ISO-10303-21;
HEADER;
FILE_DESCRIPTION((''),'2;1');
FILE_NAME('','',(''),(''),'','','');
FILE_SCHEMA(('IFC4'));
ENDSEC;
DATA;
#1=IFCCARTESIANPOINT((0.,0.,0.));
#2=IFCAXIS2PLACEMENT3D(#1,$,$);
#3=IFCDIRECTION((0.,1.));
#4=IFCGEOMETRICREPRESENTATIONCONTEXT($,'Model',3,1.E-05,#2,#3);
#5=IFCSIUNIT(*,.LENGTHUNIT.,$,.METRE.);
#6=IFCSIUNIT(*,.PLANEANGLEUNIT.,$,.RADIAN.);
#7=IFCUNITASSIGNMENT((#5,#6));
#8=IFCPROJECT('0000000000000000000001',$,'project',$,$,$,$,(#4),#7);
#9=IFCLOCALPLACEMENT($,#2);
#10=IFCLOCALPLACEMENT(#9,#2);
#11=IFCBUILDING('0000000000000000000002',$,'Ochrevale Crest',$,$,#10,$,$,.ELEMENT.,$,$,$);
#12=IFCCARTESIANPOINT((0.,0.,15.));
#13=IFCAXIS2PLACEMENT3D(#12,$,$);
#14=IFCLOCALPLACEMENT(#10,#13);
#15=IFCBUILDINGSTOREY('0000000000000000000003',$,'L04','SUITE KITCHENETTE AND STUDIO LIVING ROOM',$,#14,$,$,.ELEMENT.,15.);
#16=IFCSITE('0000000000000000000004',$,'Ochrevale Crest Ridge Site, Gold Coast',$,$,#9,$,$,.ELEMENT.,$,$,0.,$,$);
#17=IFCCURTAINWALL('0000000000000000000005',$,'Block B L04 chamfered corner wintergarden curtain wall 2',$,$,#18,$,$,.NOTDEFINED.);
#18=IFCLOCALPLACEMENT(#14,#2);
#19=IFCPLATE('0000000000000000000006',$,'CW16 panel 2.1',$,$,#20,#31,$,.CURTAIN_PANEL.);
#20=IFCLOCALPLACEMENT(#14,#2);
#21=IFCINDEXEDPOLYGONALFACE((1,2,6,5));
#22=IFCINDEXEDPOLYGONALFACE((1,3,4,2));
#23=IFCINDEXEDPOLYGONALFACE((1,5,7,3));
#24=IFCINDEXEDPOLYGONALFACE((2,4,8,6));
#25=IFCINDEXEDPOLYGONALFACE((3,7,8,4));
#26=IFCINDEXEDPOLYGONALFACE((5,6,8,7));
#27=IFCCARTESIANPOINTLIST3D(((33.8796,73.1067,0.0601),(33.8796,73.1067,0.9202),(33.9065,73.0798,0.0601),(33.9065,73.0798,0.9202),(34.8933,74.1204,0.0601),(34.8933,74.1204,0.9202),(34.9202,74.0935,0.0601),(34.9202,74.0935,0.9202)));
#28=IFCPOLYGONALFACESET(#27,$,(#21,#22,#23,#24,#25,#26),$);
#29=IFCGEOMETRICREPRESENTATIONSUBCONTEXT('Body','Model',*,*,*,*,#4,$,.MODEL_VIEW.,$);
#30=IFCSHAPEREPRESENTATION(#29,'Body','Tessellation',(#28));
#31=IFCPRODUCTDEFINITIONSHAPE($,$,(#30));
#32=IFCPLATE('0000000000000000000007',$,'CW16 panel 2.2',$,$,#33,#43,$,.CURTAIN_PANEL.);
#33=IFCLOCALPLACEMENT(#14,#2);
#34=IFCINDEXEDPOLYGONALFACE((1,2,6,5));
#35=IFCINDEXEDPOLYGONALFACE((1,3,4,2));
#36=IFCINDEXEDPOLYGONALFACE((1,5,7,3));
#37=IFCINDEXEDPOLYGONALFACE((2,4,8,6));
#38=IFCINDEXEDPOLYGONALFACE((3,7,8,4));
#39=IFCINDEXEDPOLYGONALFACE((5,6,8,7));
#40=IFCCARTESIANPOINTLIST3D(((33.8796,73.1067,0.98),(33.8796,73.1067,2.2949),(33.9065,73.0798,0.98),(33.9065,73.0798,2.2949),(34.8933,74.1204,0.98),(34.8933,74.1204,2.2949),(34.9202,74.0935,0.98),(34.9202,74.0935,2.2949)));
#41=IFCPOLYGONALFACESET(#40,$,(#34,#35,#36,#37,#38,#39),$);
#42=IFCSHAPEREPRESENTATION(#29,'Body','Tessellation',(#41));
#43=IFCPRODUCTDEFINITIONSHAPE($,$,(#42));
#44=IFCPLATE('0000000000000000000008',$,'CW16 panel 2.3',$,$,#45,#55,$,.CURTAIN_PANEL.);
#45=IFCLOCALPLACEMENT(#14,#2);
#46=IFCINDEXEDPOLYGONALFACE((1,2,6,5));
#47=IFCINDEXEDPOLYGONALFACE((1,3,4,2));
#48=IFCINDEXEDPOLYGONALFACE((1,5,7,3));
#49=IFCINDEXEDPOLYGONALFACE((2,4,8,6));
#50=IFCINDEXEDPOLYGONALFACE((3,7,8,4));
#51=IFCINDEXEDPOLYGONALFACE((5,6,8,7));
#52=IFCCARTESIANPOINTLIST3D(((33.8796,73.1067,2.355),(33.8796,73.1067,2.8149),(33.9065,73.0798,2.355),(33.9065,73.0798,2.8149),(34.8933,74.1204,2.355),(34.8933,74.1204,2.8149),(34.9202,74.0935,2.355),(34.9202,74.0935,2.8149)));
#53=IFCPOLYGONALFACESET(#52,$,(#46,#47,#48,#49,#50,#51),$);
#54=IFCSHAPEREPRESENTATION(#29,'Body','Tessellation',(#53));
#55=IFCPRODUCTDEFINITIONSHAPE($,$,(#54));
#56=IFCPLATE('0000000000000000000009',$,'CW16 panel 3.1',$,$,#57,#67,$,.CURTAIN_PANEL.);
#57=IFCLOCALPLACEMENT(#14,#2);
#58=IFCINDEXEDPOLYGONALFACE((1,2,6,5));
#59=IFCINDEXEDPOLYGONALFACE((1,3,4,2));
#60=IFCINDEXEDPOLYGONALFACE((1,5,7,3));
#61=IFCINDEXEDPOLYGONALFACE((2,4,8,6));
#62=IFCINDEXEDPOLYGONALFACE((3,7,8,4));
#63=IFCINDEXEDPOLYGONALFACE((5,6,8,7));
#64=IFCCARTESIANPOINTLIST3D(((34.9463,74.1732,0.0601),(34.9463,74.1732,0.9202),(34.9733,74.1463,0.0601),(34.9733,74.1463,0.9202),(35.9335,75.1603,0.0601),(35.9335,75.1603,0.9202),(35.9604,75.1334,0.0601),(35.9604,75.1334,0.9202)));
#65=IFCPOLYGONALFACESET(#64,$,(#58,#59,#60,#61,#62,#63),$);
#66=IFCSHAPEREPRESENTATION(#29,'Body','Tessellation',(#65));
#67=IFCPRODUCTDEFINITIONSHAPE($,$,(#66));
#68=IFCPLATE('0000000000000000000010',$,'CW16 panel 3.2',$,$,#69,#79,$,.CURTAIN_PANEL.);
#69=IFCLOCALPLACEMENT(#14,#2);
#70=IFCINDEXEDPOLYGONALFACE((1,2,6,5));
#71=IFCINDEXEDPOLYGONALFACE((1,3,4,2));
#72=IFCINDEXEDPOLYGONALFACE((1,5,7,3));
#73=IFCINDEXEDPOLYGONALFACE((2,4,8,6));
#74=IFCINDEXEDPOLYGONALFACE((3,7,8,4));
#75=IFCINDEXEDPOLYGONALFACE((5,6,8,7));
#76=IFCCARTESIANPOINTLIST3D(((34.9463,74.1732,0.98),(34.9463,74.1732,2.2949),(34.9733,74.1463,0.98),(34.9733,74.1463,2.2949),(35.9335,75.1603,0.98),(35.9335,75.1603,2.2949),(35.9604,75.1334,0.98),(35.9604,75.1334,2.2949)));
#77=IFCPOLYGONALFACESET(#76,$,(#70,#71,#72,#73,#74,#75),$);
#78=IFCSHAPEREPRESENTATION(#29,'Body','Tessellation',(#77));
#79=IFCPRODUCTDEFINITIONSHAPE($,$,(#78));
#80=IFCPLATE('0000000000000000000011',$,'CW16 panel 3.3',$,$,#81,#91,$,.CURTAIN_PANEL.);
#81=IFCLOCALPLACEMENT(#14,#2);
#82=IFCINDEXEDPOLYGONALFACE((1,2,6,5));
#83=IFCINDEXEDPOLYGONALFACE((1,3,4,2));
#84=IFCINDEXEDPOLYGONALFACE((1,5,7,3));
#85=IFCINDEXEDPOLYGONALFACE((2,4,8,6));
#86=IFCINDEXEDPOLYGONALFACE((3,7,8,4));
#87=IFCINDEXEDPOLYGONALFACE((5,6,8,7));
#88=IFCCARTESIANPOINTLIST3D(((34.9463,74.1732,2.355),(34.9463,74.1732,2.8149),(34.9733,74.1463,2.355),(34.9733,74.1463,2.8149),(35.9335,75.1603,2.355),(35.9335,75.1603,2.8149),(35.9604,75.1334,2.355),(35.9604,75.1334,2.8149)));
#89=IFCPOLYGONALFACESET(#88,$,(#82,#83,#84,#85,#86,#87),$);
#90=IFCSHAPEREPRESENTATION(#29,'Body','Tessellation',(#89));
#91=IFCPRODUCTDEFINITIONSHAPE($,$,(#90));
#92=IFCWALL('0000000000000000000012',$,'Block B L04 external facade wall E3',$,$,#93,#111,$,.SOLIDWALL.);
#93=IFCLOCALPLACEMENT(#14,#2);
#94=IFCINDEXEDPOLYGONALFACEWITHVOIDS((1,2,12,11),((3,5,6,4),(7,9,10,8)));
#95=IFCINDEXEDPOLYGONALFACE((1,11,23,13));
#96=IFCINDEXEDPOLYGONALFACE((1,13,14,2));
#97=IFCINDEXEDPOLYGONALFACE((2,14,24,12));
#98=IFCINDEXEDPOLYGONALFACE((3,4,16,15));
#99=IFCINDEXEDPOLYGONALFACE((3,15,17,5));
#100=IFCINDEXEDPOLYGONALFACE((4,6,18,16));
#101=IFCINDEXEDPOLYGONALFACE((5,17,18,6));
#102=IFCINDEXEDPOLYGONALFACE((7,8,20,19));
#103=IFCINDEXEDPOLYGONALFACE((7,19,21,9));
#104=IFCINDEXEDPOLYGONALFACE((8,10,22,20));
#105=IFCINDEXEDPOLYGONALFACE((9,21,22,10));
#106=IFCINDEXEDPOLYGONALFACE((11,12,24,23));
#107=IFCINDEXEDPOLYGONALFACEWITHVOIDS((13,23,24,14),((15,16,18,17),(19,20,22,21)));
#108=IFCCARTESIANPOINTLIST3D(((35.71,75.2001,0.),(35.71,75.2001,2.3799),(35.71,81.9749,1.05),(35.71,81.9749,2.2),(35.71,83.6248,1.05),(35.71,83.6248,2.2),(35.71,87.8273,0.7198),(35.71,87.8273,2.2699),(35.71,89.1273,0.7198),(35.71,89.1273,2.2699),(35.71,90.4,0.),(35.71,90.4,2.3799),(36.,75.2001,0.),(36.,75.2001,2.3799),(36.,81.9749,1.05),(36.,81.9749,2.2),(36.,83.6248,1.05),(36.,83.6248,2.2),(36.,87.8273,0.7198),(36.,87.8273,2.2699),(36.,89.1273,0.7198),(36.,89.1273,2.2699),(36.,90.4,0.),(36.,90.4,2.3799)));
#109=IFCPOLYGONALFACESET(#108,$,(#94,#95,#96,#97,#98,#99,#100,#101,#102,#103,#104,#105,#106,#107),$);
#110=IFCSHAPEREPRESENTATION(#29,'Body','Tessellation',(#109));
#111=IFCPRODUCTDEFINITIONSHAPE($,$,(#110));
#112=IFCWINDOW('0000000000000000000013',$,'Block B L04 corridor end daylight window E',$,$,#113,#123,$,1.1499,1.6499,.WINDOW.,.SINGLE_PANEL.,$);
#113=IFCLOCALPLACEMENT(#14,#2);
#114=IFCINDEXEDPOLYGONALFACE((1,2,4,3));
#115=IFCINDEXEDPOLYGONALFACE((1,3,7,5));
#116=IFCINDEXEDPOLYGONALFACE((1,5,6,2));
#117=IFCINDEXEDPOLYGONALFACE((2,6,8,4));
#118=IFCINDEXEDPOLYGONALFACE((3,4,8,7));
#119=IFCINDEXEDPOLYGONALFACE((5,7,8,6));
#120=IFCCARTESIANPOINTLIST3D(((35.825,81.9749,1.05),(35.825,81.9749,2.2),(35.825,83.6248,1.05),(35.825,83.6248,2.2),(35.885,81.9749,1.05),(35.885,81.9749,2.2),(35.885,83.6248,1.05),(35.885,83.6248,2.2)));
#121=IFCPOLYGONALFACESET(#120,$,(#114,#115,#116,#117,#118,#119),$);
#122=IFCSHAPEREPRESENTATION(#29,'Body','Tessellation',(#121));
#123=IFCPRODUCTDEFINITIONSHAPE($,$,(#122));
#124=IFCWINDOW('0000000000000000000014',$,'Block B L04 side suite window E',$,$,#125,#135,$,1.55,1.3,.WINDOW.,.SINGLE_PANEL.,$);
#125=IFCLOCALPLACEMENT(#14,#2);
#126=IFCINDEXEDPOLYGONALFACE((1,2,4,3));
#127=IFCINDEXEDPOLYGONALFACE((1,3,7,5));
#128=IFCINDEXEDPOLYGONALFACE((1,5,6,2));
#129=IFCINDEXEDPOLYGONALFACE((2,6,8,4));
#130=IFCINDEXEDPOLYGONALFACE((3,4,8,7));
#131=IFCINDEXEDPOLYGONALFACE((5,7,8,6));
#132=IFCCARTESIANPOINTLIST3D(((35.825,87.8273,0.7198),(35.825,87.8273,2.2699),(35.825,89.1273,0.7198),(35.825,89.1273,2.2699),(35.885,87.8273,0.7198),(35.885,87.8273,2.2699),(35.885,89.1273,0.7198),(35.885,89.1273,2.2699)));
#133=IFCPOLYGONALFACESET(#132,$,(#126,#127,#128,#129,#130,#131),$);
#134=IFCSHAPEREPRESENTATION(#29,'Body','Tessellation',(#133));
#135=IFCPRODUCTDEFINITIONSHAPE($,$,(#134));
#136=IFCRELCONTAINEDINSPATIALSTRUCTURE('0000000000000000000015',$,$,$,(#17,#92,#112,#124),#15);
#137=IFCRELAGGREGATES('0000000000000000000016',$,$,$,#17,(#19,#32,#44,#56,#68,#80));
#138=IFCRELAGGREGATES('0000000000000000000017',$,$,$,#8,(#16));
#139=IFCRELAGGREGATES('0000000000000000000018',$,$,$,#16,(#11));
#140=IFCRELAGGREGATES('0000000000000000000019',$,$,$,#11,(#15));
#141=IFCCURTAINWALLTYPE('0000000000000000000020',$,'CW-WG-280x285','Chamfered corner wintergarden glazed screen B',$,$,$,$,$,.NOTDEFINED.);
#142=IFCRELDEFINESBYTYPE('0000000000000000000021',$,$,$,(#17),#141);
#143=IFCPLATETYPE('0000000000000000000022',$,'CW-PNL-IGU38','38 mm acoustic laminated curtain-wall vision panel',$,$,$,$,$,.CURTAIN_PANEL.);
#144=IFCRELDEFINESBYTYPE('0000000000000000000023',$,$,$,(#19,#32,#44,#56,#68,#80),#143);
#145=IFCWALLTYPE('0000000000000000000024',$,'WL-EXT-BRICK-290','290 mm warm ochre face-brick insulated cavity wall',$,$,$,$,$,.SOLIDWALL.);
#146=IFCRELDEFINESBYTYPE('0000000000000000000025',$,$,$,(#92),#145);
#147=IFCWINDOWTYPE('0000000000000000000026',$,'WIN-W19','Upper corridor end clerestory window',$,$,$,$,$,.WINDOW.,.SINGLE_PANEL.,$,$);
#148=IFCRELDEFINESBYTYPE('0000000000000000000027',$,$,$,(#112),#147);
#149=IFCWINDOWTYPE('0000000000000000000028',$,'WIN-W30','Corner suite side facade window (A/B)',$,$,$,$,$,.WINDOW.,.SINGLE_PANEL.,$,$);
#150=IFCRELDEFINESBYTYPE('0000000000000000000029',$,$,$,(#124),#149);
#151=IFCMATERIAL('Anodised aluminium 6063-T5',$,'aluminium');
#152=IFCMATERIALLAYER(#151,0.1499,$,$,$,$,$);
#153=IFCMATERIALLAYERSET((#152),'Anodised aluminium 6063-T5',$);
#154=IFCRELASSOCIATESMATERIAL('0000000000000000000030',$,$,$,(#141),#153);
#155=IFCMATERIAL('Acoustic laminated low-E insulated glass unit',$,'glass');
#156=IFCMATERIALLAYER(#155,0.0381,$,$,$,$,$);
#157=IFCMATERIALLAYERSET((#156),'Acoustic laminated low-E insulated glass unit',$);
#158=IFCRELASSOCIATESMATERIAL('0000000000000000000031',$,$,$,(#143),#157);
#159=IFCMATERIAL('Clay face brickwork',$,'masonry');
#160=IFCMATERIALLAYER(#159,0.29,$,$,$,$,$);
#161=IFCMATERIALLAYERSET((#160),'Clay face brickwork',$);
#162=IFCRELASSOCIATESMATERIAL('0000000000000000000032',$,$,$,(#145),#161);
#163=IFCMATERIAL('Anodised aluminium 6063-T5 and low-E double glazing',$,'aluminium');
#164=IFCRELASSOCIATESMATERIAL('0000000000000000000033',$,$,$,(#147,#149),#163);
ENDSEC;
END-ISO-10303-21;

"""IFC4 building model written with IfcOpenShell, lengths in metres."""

from ifc_helpers import new_model, si_unit, direction, frame, frame_2d, origin, origin_2d, place, context, subcontext, project, spatial, rectangle, extrude, material, layer, layer_set, type_object, element, fill, aggregate, save


model = new_model("IFC4")

# Units and contexts
model_context = context("Model", 3, precision=1e-05, world=origin(), true_north=direction((0.0, 1.0)))
body_context = subcontext(model_context, "Body", "Model", "MODEL_VIEW")
ifc_project = project(units=[si_unit("LENGTHUNIT", "METRE"), si_unit("PLANEANGLEUNIT", "RADIAN")], contexts=[model_context])

# Site, building, storey
site_placement = place(None, origin())
site = spatial("IfcSite", under=ifc_project, at=site_placement, Name="Ochrevale Crest Ridge Site, Gold Coast", CompositionType="ELEMENT", RefElevation=0.0)
building_placement = place(site_placement, origin())
building = spatial("IfcBuilding", under=site, at=building_placement, Name="Ochrevale Crest", CompositionType="ELEMENT")
storey_placement = place(building_placement, frame((0.0, 0.0, 15.0)))
storey = spatial("IfcBuildingStorey", under=building, at=storey_placement, Name="L04", Description="SUITE KITCHENETTE AND STUDIO LIVING ROOM", CompositionType="ELEMENT", Elevation=15.0)

# Curtain wall, plates
ifc_material_1 = material(Name="Anodised aluminium 6063-T5", Category="aluminium")
ifc_layer_1 = layer(ifc_material_1, 0.1499)
ifc_layer_set_1 = layer_set([ifc_layer_1], Name="Anodised aluminium 6063-T5")
curtain_wall_type = type_object("IfcCurtainWallType", Name="CW-WG-280x285", Description="Chamfered corner wintergarden glazed screen B", PredefinedType="NOTDEFINED", material=ifc_layer_set_1)
curtain_wall_placement = place(storey_placement, origin())
curtain_wall = element("IfcCurtainWall", 1, at=curtain_wall_placement, inside=storey, type_object=curtain_wall_type, Name="Block B L04 chamfered corner wintergarden curtain wall 2", PredefinedType="NOTDEFINED")
ifc_material_2 = material(Name="Acoustic laminated low-E insulated glass unit", Category="glass")
ifc_layer_2 = layer(ifc_material_2, 0.0381)
ifc_layer_set_2 = layer_set([ifc_layer_2], Name="Acoustic laminated low-E insulated glass unit")
plate_type = type_object("IfcPlateType", Name="CW-PNL-IGU38", Description="38 mm acoustic laminated curtain-wall vision panel", PredefinedType="CURTAIN_PANEL", material=ifc_layer_set_2)
plate_1_placement = place(storey_placement, frame((34.3999, 73.6001, 0.0601), z_axis=(0.0, 0.0, 1.0), x_axis=(0.707107, 0.707107, 0.0)))
plate_1 = element("IfcPlate", 2, at=plate_1_placement, type_object=plate_type, Name="CW16 panel 2.1", PredefinedType="CURTAIN_PANEL", context=body_context, shape_type="SweptSolid", body=[
    extrude(rectangle(XDim=1.4336, YDim=0.0381, at=origin_2d()), origin(), (0.0, 0.0, 1.0), 0.8601),
])
plate_2_placement = place(storey_placement, frame((34.3999, 73.6001, 0.98), z_axis=(0.0, 0.0, 1.0), x_axis=(0.707107, 0.707107, 0.0)))
plate_2 = element("IfcPlate", 3, at=plate_2_placement, type_object=plate_type, Name="CW16 panel 2.2", PredefinedType="CURTAIN_PANEL", context=body_context, shape_type="SweptSolid", body=[
    extrude(rectangle(XDim=1.4336, YDim=0.0381, at=origin_2d()), origin(), (0.0, 0.0, 1.0), 1.3149),
])
plate_3_placement = place(storey_placement, frame((34.3999, 73.6001, 2.355), z_axis=(0.0, 0.0, 1.0), x_axis=(0.707107, 0.707107, 0.0)))
plate_3 = element("IfcPlate", 4, at=plate_3_placement, type_object=plate_type, Name="CW16 panel 2.3", PredefinedType="CURTAIN_PANEL", context=body_context, shape_type="SweptSolid", body=[
    extrude(rectangle(XDim=1.4336, YDim=0.0381, at=origin_2d()), origin(), (0.0, 0.0, 1.0), 0.46),
])
plate_4_placement = place(storey_placement, frame((35.4534, 74.6533, 0.0601), z_axis=(0.0, 0.0, 1.0), x_axis=(0.707107, 0.707107, 0.0)))
plate_4 = element("IfcPlate", 5, at=plate_4_placement, type_object=plate_type, Name="CW16 panel 3.1", PredefinedType="CURTAIN_PANEL", context=body_context, shape_type="SweptSolid", body=[
    extrude(rectangle(XDim=1.396, YDim=0.0381, at=origin_2d()), origin(), (0.0, 0.0, 1.0), 0.8601),
])
plate_5_placement = place(storey_placement, frame((35.4534, 74.6533, 0.98), z_axis=(0.0, 0.0, 1.0), x_axis=(0.707107, 0.707107, 0.0)))
plate_5 = element("IfcPlate", 6, at=plate_5_placement, type_object=plate_type, Name="CW16 panel 3.2", PredefinedType="CURTAIN_PANEL", context=body_context, shape_type="SweptSolid", body=[
    extrude(rectangle(XDim=1.396, YDim=0.0381, at=origin_2d()), origin(), (0.0, 0.0, 1.0), 1.3149),
])
plate_6_placement = place(storey_placement, frame((35.4534, 74.6533, 2.355), z_axis=(0.0, 0.0, 1.0), x_axis=(0.707107, 0.707107, 0.0)))
plate_6 = element("IfcPlate", 7, at=plate_6_placement, type_object=plate_type, Name="CW16 panel 3.3", PredefinedType="CURTAIN_PANEL", context=body_context, shape_type="SweptSolid", body=[
    extrude(rectangle(XDim=1.396, YDim=0.0381, at=origin_2d()), origin(), (0.0, 0.0, 1.0), 0.46),
])
aggregate(curtain_wall, [plate_1, plate_2, plate_3, plate_4, plate_5, plate_6])

# Wall, openings, windows
ifc_material_3 = material(Name="Clay face brickwork", Category="masonry")
ifc_layer_3 = layer(ifc_material_3, 0.29)
ifc_layer_set_3 = layer_set([ifc_layer_3], Name="Clay face brickwork")
wall_type = type_object("IfcWallType", Name="WL-EXT-BRICK-290", Description="290 mm warm ochre face-brick insulated cavity wall", PredefinedType="SOLIDWALL", material=ifc_layer_set_3)
wall_placement = place(storey_placement, frame((35.855, 75.2, 0.0), z_axis=(0.0, 0.0, 1.0), x_axis=(0.0, 1.0, 0.0)))
wall = element("IfcWall", 8, at=wall_placement, inside=storey, type_object=wall_type, Name="Block B L04 external facade wall E3", PredefinedType="SOLIDWALL", context=body_context, shape_type="SweptSolid", body=[
    extrude(rectangle(XDim=15.2, YDim=0.29, at=frame_2d((7.6001, 0.0))), origin(), (0.0, 0.0, 1.0), 2.3799),
])
opening_1_placement = place(wall_placement, frame((6.7749, 0.0, 1.05)))
opening_1 = element("IfcOpeningElement", 9, at=opening_1_placement, cuts=wall, PredefinedType="OPENING", context=body_context, shape_type="SweptSolid", body=[
    extrude(rectangle(XDim=1.6499, YDim=1.1499, at=frame_2d((0.825, 0.575))), frame((0.0, 0.155, 0.0), z_axis=(0.0, -1.0, 0.0), x_axis=(1.0, 0.0, 0.0)), (0.0, 0.0, 1.0), 0.3101),
])
opening_2_placement = place(wall_placement, frame((12.6274, 0.0, 0.72)))
opening_2 = element("IfcOpeningElement", 10, at=opening_2_placement, cuts=wall, PredefinedType="OPENING", context=body_context, shape_type="SweptSolid", body=[
    extrude(rectangle(XDim=1.3, YDim=1.55, at=frame_2d((0.6499, 0.7749))), frame((0.0, 0.155, 0.0), z_axis=(0.0, -1.0, 0.0), x_axis=(1.0, 0.0, 0.0)), (0.0, 0.0, 1.0), 0.3101),
])
ifc_material_4 = material(Name="Anodised aluminium 6063-T5 and low-E double glazing", Category="aluminium")
window_type_1 = type_object("IfcWindowType", Name="WIN-W19", Description="Upper corridor end clerestory window", PartitioningType="SINGLE_PANEL", PredefinedType="WINDOW", material=ifc_material_4)
window_1_placement = place(opening_1_placement, origin())
window_1 = element("IfcWindow", 11, at=window_1_placement, inside=storey, type_object=window_type_1, Name="Block B L04 corridor end daylight window E", OverallHeight=1.1499, OverallWidth=1.6499, PartitioningType="SINGLE_PANEL", PredefinedType="WINDOW", context=body_context, shape_type="SweptSolid", body=[
    extrude(rectangle(XDim=1.6499, YDim=1.1499, at=frame_2d((0.825, 0.575))), frame((0.0, 0.03, 0.0), z_axis=(0.0, -1.0, 0.0), x_axis=(1.0, 0.0, 0.0)), (0.0, 0.0, 1.0), 0.0601),
])
fill(opening_1, window_1)
window_type_2 = type_object("IfcWindowType", Name="WIN-W30", Description="Corner suite side facade window (A/B)", PartitioningType="SINGLE_PANEL", PredefinedType="WINDOW", material=ifc_material_4)
window_2_placement = place(opening_2_placement, origin())
window_2 = element("IfcWindow", 12, at=window_2_placement, inside=storey, type_object=window_type_2, Name="Block B L04 side suite window E", OverallHeight=1.55, OverallWidth=1.3, PartitioningType="SINGLE_PANEL", PredefinedType="WINDOW", context=body_context, shape_type="SweptSolid", body=[
    extrude(rectangle(XDim=1.3, YDim=1.55, at=frame_2d((0.6499, 0.7749))), frame((0.0, 0.03, 0.0), z_axis=(0.0, -1.0, 0.0), x_axis=(1.0, 0.0, 0.0)), (0.0, 0.0, 1.0), 0.0601),
])
fill(opening_2, window_2)

save(model, "model.ifc")
